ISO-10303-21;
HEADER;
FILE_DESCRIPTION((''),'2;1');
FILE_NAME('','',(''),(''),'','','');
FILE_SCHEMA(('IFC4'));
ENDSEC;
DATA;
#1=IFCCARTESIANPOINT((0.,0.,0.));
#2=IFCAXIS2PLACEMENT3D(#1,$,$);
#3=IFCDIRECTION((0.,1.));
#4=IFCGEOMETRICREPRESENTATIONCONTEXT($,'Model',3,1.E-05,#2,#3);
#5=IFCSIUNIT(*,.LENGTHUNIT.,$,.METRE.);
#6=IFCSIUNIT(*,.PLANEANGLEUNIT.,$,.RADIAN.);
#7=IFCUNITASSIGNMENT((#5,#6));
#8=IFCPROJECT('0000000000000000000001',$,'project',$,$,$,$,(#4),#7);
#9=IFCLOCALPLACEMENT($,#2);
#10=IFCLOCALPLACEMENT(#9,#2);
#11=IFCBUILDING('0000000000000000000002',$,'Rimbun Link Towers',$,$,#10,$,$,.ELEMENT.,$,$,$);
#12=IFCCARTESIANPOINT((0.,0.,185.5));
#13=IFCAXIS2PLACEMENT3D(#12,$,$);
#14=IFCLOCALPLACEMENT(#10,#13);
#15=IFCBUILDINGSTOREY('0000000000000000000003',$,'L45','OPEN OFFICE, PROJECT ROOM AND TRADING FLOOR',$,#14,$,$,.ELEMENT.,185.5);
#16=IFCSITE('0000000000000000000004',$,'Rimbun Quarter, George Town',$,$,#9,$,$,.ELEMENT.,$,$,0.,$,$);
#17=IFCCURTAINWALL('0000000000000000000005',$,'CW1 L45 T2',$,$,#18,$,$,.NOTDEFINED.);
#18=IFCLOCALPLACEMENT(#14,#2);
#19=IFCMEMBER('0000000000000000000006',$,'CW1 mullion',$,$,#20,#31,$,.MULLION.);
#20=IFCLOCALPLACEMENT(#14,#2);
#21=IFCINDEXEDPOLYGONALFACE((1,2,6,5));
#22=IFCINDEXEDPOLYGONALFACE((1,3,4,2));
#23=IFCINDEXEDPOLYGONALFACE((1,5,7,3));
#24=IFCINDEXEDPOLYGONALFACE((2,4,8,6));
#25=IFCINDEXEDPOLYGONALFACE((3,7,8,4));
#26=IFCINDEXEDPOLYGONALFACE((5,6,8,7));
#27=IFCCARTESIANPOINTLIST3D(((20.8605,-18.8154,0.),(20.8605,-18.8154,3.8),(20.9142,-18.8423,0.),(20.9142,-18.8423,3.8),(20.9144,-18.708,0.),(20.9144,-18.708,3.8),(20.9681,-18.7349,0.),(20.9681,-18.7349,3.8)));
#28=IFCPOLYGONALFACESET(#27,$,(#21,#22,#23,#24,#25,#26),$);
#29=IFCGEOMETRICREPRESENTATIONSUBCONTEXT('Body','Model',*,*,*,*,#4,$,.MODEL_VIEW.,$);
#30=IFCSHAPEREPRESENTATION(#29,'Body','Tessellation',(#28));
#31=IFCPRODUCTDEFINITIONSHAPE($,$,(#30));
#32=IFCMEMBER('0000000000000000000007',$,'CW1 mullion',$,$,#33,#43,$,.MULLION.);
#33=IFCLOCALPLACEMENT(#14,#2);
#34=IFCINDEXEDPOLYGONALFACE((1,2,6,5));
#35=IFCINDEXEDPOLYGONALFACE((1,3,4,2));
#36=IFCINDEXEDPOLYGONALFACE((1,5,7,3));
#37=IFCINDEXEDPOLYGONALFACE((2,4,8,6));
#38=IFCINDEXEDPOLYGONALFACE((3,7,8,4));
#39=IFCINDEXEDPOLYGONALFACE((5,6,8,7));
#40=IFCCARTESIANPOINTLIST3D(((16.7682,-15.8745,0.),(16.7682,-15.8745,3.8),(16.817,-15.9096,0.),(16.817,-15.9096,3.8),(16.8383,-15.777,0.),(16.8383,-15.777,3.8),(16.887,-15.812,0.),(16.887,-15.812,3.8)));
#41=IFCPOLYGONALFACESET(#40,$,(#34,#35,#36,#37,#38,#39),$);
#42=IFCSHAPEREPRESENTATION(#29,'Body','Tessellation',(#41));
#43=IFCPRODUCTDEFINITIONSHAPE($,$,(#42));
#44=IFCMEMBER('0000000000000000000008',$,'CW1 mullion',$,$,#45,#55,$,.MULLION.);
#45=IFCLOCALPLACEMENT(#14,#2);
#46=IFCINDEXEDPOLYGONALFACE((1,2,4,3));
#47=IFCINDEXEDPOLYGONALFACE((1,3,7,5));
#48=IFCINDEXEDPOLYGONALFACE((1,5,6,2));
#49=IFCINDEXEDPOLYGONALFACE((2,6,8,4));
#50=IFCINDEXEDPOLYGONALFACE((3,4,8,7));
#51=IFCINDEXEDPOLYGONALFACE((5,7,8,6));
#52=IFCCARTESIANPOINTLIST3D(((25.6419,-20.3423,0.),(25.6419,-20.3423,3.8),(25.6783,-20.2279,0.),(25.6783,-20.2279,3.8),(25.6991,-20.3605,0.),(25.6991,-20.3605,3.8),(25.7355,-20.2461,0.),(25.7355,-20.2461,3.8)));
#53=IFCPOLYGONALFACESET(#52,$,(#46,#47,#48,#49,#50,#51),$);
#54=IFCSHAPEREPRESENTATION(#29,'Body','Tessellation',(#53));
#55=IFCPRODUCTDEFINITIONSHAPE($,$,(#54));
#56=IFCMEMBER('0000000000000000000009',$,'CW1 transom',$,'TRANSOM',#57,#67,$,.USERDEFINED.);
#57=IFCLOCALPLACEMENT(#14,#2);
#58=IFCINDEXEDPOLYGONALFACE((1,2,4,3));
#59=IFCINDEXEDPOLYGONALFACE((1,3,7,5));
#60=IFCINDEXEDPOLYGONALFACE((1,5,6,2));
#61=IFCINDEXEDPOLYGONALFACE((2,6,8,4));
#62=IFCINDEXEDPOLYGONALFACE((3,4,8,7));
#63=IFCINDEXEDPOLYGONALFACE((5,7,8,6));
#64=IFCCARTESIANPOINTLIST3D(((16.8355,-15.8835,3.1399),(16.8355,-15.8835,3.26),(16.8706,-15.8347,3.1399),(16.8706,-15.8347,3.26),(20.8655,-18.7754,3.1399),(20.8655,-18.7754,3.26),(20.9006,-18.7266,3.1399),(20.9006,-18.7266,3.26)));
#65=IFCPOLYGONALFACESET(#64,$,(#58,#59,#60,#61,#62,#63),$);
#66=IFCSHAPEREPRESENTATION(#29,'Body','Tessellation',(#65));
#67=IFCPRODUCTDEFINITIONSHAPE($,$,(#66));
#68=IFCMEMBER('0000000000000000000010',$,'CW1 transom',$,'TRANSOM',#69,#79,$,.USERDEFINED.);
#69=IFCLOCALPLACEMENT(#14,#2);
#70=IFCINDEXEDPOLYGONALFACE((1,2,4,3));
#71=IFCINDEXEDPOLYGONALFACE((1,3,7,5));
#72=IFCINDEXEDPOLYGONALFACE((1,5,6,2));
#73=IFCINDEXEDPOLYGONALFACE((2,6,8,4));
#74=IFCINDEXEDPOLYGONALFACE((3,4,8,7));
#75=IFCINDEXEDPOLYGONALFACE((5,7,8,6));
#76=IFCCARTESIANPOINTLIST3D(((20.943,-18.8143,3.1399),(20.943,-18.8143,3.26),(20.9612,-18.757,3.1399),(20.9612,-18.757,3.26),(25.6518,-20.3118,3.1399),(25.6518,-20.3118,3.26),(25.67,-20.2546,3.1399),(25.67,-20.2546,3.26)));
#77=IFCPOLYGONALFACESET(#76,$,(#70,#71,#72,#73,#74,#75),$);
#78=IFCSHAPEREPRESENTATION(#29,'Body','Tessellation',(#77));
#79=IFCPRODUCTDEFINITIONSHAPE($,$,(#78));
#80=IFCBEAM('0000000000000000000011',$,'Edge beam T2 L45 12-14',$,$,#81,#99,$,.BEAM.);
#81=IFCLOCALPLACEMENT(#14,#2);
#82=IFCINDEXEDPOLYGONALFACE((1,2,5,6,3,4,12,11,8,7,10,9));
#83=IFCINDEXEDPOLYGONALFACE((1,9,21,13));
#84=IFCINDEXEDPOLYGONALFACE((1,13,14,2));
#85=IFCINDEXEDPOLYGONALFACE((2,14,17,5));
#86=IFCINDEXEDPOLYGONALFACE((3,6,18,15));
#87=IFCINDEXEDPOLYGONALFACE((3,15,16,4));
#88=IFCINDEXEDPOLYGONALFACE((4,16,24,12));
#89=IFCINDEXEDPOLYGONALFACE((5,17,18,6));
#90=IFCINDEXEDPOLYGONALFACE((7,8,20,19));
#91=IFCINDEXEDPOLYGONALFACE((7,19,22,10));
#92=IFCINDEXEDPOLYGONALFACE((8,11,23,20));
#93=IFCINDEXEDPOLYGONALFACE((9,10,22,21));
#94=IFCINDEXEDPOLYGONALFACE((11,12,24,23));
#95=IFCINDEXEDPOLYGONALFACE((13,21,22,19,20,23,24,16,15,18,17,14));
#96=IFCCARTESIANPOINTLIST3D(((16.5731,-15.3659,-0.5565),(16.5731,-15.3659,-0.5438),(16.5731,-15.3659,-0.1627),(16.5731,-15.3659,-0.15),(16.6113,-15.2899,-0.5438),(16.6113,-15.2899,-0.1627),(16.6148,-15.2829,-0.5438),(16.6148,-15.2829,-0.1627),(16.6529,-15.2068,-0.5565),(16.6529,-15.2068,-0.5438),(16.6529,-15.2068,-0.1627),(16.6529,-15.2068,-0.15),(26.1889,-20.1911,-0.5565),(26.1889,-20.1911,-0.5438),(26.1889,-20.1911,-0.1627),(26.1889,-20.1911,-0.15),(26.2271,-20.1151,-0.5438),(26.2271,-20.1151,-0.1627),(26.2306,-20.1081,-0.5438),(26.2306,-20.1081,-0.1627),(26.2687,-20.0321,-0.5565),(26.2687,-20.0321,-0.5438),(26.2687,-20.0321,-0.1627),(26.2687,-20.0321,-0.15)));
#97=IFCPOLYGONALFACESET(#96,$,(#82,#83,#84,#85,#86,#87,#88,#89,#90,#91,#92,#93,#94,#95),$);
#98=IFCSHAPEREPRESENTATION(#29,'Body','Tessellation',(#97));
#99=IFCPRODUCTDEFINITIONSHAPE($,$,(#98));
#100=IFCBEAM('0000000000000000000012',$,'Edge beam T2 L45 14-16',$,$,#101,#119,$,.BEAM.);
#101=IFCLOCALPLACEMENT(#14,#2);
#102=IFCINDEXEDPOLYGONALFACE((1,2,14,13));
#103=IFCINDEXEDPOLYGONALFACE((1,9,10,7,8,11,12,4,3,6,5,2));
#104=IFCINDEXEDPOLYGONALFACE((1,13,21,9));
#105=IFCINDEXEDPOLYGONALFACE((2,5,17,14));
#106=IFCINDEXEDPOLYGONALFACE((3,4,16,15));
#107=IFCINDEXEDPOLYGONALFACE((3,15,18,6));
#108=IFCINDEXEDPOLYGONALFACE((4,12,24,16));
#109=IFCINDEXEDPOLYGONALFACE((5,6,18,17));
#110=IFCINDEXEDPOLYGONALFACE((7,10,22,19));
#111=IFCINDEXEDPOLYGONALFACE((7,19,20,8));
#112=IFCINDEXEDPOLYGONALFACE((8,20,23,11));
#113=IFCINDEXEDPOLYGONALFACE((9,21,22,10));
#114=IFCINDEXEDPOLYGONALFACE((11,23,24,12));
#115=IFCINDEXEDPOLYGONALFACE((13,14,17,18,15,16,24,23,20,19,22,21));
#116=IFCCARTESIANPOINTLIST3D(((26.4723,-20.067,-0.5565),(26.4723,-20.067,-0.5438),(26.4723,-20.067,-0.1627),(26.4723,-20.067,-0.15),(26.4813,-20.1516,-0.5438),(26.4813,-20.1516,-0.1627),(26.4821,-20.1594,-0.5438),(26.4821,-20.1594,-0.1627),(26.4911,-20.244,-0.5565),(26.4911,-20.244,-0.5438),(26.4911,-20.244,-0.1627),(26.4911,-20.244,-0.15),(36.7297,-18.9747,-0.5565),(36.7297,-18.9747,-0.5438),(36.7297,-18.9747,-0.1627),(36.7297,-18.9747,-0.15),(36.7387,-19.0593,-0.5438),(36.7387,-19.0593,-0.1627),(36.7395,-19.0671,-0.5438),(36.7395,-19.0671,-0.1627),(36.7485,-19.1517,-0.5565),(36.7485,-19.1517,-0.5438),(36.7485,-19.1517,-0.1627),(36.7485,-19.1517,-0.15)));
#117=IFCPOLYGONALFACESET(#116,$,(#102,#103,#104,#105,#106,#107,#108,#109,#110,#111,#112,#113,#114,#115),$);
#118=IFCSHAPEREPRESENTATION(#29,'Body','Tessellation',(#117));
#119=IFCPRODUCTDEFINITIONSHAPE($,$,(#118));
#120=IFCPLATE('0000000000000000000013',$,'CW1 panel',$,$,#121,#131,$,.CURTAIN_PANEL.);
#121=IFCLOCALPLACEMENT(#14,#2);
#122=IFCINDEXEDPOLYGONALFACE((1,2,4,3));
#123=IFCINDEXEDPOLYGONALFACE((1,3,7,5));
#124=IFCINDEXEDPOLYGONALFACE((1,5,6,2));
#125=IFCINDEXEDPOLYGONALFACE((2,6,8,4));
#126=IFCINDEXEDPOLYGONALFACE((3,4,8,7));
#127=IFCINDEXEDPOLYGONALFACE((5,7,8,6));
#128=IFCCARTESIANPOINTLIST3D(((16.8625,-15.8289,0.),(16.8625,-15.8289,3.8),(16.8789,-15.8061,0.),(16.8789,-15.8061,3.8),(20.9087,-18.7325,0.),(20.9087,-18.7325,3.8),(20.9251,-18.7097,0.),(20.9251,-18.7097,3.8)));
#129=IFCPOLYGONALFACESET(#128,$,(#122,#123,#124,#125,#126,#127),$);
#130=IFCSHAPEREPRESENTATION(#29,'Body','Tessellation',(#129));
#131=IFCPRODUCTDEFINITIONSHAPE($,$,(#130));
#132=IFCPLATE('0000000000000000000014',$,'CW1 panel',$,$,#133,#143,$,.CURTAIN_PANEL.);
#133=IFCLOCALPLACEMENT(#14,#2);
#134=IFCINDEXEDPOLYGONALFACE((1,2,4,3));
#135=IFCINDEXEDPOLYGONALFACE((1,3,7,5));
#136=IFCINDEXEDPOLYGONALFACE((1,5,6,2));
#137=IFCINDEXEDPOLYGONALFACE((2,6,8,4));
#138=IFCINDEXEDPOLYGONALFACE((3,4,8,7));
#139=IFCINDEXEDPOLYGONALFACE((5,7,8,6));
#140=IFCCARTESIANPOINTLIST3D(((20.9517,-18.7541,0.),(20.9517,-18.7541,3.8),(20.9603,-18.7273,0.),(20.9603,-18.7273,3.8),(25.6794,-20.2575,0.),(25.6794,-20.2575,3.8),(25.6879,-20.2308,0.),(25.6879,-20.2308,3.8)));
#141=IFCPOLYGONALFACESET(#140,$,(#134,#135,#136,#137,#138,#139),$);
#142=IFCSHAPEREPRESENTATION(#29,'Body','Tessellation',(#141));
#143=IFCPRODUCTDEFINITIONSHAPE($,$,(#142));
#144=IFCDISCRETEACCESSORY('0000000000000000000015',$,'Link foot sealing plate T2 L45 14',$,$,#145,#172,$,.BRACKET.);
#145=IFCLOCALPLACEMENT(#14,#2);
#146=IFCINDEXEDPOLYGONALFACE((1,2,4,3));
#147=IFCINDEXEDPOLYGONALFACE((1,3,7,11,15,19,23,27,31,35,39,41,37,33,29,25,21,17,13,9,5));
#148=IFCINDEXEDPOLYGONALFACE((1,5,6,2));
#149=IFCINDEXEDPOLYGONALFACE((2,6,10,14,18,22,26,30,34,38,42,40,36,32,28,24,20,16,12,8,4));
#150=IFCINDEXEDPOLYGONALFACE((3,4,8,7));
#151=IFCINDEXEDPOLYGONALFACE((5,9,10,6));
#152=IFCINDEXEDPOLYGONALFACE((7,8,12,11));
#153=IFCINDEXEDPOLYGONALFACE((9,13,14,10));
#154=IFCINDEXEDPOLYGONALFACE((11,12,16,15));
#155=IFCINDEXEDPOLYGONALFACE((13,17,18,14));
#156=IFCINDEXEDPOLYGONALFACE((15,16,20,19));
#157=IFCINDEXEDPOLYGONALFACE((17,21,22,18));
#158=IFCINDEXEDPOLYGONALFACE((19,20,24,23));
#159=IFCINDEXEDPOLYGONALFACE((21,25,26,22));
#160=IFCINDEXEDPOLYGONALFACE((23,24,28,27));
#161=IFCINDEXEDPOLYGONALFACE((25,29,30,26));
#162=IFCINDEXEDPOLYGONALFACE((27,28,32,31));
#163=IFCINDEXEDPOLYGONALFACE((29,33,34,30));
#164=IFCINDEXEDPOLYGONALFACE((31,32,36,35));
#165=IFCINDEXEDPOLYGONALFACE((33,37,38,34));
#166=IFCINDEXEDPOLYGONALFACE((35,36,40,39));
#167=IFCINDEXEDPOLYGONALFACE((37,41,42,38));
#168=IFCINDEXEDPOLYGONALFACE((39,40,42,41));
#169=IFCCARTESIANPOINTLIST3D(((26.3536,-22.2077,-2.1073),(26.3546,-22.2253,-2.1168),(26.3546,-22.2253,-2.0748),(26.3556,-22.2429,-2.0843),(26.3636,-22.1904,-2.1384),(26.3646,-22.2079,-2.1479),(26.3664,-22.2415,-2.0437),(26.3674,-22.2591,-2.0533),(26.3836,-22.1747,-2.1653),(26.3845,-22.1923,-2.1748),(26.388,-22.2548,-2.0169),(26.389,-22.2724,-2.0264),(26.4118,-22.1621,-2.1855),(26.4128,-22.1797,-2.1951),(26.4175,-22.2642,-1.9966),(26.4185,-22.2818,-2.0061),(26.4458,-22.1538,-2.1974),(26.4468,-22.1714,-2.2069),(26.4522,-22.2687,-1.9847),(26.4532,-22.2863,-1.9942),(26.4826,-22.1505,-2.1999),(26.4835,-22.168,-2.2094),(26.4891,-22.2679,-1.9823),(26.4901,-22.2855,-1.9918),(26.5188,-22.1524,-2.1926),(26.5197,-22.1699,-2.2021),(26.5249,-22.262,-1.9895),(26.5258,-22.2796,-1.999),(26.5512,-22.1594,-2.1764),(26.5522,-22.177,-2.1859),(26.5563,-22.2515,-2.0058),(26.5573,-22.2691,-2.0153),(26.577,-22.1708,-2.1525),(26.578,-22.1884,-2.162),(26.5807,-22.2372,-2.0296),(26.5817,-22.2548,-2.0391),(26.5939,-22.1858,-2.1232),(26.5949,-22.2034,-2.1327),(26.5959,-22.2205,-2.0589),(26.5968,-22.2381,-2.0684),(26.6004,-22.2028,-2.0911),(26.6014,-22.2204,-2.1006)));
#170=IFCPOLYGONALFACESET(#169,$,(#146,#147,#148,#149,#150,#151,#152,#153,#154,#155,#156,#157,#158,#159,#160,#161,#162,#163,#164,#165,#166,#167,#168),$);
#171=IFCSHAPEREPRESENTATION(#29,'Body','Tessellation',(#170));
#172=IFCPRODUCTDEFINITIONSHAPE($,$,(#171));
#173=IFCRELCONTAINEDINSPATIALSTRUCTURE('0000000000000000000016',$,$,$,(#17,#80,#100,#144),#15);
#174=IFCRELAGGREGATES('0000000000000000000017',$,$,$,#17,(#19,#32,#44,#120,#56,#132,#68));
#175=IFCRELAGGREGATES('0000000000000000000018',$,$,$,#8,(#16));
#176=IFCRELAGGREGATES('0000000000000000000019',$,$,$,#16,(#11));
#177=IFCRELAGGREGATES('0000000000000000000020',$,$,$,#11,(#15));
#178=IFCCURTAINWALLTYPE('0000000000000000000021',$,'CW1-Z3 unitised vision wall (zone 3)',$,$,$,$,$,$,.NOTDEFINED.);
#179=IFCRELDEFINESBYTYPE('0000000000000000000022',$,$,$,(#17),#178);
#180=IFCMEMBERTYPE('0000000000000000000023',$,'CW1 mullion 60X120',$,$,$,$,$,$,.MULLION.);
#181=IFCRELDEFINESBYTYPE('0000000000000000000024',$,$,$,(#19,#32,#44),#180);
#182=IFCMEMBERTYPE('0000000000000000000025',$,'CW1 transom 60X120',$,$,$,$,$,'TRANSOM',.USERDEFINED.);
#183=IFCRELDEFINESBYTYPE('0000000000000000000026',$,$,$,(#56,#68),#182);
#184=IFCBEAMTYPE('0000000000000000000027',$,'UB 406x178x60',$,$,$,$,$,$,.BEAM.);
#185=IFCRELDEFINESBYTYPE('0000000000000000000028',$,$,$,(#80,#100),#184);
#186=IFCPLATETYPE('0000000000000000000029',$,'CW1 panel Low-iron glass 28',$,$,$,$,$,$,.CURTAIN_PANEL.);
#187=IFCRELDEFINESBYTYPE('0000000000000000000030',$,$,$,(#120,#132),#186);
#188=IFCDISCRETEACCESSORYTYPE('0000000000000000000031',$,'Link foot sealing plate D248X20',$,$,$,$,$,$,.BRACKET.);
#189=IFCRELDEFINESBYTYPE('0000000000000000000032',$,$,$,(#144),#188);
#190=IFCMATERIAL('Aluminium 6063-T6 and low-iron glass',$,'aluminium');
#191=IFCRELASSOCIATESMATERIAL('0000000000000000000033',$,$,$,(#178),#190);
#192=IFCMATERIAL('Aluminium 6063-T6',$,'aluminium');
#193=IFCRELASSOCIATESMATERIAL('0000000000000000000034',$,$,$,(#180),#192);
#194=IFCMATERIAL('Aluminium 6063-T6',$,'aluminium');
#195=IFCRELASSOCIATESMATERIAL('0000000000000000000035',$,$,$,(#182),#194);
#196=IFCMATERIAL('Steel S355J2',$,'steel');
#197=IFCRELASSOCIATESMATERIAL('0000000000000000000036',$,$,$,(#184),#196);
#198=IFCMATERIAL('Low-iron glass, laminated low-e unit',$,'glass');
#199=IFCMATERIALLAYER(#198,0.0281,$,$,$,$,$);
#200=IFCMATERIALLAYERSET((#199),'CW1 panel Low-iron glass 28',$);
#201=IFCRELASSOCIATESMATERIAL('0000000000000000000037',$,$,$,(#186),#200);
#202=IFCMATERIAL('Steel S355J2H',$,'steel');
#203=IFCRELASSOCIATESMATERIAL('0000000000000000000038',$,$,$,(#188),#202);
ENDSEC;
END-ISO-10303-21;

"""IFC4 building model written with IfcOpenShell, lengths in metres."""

from ifc_helpers import new_model, si_unit, direction, frame, origin, origin_2d, place, context, subcontext, project, spatial, rectangle, circle, i_section, extrude, material, layer, layer_set, material_profile, profile_set, type_object, element, aggregate, save


model = new_model("IFC4")

# Units and contexts
model_context = context("Model", 3, precision=1e-05, world=origin(), true_north=direction((0.0, 1.0)))
body_context = subcontext(model_context, "Body", "Model", "MODEL_VIEW")
ifc_project = project(units=[si_unit("LENGTHUNIT", "METRE"), si_unit("PLANEANGLEUNIT", "RADIAN")], contexts=[model_context])

# Site, building, storey
site_placement = place(None, origin())
site = spatial("IfcSite", under=ifc_project, at=site_placement, Name="Rimbun Quarter, George Town", CompositionType="ELEMENT", RefElevation=0.0)
building_placement = place(site_placement, origin())
building = spatial("IfcBuilding", under=site, at=building_placement, Name="Rimbun Link Towers", CompositionType="ELEMENT")
storey_placement = place(building_placement, frame((0.0, 0.0, 185.5)))
storey = spatial("IfcBuildingStorey", under=building, at=storey_placement, Name="L45", Description="OPEN OFFICE, PROJECT ROOM AND TRADING FLOOR", CompositionType="ELEMENT", Elevation=185.5)

# Curtain wall, members
ifc_material_1 = material(Name="Aluminium 6063-T6 and low-iron glass", Category="aluminium")
curtain_wall_type = type_object("IfcCurtainWallType", Name="CW1-Z3 unitised vision wall (zone 3)", PredefinedType="NOTDEFINED", material=ifc_material_1)
curtain_wall_placement = place(storey_placement, origin())
curtain_wall = element("IfcCurtainWall", 1, at=curtain_wall_placement, inside=storey, type_object=curtain_wall_type, Name="CW1 L45 T2", PredefinedType="NOTDEFINED")
ifc_material_2 = material(Name="Aluminium 6063-T6", Category="aluminium")
ifc_material_profile_1 = material_profile(ifc_material_2, rectangle(XDim=0.1201, YDim=0.0601, at=origin_2d()), Name="MULLION 60X120")
ifc_profile_set_1 = profile_set([ifc_material_profile_1], Name="Aluminium 6063-T6")
member_type_1 = type_object("IfcMemberType", Name="CW1 mullion 60X120", PredefinedType="MULLION", material=ifc_profile_set_1)
member_1_placement = place(storey_placement, frame((20.9143, -18.7751, 0.0), z_axis=(0.0, 0.0, 1.0), x_axis=(-0.44857, -0.893748, 0.0)))
member_1 = element("IfcMember", 2, at=member_1_placement, type_object=member_type_1, Name="CW1 mullion", PredefinedType="MULLION", context=body_context, shape_type="SweptSolid", body=[
    extrude(rectangle(XDim=0.1201, YDim=0.0601, at=origin_2d()), origin(), (0.0, 0.0, 1.0), 3.8),
])
member_2_placement = place(storey_placement, frame((16.8276, -15.8433, 0.0), z_axis=(0.0, 0.0, 1.0), x_axis=(-0.583015, -0.812461, 0.0)))
member_2 = element("IfcMember", 3, at=member_2_placement, type_object=member_type_1, Name="CW1 mullion", PredefinedType="MULLION", context=body_context, shape_type="SweptSolid", body=[
    extrude(rectangle(XDim=0.1201, YDim=0.0601, at=origin_2d()), origin(), (0.0, 0.0, 1.0), 3.8),
])
member_3_placement = place(storey_placement, frame((25.6887, -20.2942, 0.0), z_axis=(0.0, 0.0, 1.0), x_axis=(-0.303053, -0.952974, 0.0)))
member_3 = element("IfcMember", 4, at=member_3_placement, type_object=member_type_1, Name="CW1 mullion", PredefinedType="MULLION", context=body_context, shape_type="SweptSolid", body=[
    extrude(rectangle(XDim=0.1201, YDim=0.0601, at=origin_2d()), origin(), (0.0, 0.0, 1.0), 3.8),
])
ifc_material_3 = material(Name="Aluminium 6063-T6", Category="aluminium")
ifc_material_profile_2 = material_profile(ifc_material_3, rectangle(XDim=0.0601, YDim=0.1201, at=origin_2d()), Name="TRANSOM 60X120")
ifc_profile_set_2 = profile_set([ifc_material_profile_2], Name="Aluminium 6063-T6")
member_type_2 = type_object("IfcMemberType", Name="CW1 transom 60X120", ElementType="TRANSOM", PredefinedType="USERDEFINED", material=ifc_profile_set_2)
member_4_placement = place(storey_placement, frame((20.8831, -18.751, 3.2), z_axis=(-0.812468, 0.583006, 0.0), x_axis=(-0.583006, -0.812468, 0.0)))
member_4 = element("IfcMember", 5, at=member_4_placement, type_object=member_type_2, Name="CW1 transom", ObjectType="TRANSOM", PredefinedType="USERDEFINED", context=body_context, shape_type="SweptSolid", body=[
    extrude(rectangle(XDim=0.0601, YDim=0.1201, at=origin_2d()), origin(), (0.0, 0.0, 1.0), 4.9602),
])
member_5_placement = place(storey_placement, frame((25.6609, -20.2832, 3.2), z_axis=(-0.952965, 0.303079, 0.0), x_axis=(-0.303079, -0.952965, 0.0)))
member_5 = element("IfcMember", 6, at=member_5_placement, type_object=member_type_2, Name="CW1 transom", ObjectType="TRANSOM", PredefinedType="USERDEFINED", context=body_context, shape_type="SweptSolid", body=[
    extrude(rectangle(XDim=0.0601, YDim=0.1201, at=origin_2d()), origin(), (0.0, 0.0, 1.0), 4.9412),
])

# Beams
ifc_material_4 = material(Name="Steel S355J2", Category="steel")
ifc_material_profile_3 = material_profile(ifc_material_4, i_section(OverallWidth=0.178, OverallDepth=0.4065, WebThickness=0.0078, FlangeThickness=0.0127, at=origin_2d()), Name="UB 406x178x60")
ifc_profile_set_3 = profile_set([ifc_material_profile_3], Name="Steel S355J2")
beam_type = type_object("IfcBeamType", Name="UB 406x178x60", PredefinedType="BEAM", material=ifc_profile_set_3)
beam_1_placement = place(storey_placement, frame((16.613, -15.2864, -0.3533), z_axis=(0.893782, -0.448502, 0.0), x_axis=(0.448502, 0.893782, 0.0)))
element("IfcBeam", 7, at=beam_1_placement, inside=storey, type_object=beam_type, Name="Edge beam T2 L45 12-14", PredefinedType="BEAM", context=body_context, shape_type="SweptSolid", body=[
    extrude(i_section(OverallWidth=0.178, OverallDepth=0.4065, WebThickness=0.0078, FlangeThickness=0.0127, at=origin_2d()), origin(), (0.0, 0.0, 1.0), 10.7585),
])
beam_2_placement = place(storey_placement, frame((26.4817, -20.1555, -0.3533), z_axis=(0.994378, 0.10589, 0.0), x_axis=(-0.10589, 0.994378, 0.0)))
element("IfcBeam", 8, at=beam_2_placement, inside=storey, type_object=beam_type, Name="Edge beam T2 L45 14-16", PredefinedType="BEAM", context=body_context, shape_type="SweptSolid", body=[
    extrude(i_section(OverallWidth=0.178, OverallDepth=0.4065, WebThickness=0.0078, FlangeThickness=0.0127, at=origin_2d()), origin(), (0.0, 0.0, 1.0), 10.3154),
])

# Plates
ifc_material_5 = material(Name="Low-iron glass, laminated low-e unit", Category="glass")
ifc_layer = layer(ifc_material_5, 0.0281)
ifc_layer_set = layer_set([ifc_layer], Name="CW1 panel Low-iron glass 28")
plate_type = type_object("IfcPlateType", Name="CW1 panel Low-iron glass 28", PredefinedType="CURTAIN_PANEL", material=ifc_layer_set)
plate_1_placement = place(storey_placement, frame((18.8938, -17.2693, 0.0), z_axis=(0.0, 0.0, 1.0), x_axis=(-0.812461, 0.583015, 0.0)))
plate_1 = element("IfcPlate", 9, at=plate_1_placement, type_object=plate_type, Name="CW1 panel", PredefinedType="CURTAIN_PANEL", context=body_context, shape_type="SweptSolid", body=[
    extrude(rectangle(XDim=4.9802, YDim=0.0281, at=origin_2d()), origin(), (0.0, 0.0, 1.0), 3.8),
])
plate_2_placement = place(storey_placement, frame((23.3198, -19.4924, 0.0), z_axis=(0.0, 0.0, 1.0), x_axis=(-0.952974, 0.303053, 0.0)))
plate_2 = element("IfcPlate", 10, at=plate_2_placement, type_object=plate_type, Name="CW1 panel", PredefinedType="CURTAIN_PANEL", context=body_context, shape_type="SweptSolid", body=[
    extrude(rectangle(XDim=4.9609, YDim=0.0281, at=origin_2d()), origin(), (0.0, 0.0, 1.0), 3.8),
])
aggregate(curtain_wall, [member_1, member_2, member_3, plate_1, member_4, plate_2, member_5])

# Discrete accessory
ifc_material_6 = material(Name="Steel S355J2H", Category="steel")
ifc_material_profile_4 = material_profile(ifc_material_6, circle(Radius=0.124, at=origin_2d()), Name="PL D248")
ifc_profile_set_4 = profile_set([ifc_material_profile_4], Name="Steel S355J2H")
discrete_accessory_type = type_object("IfcDiscreteAccessoryType", Name="Link foot sealing plate D248X20", PredefinedType="BRACKET", material=ifc_profile_set_4)
discrete_accessory_placement = place(storey_placement, frame((26.4766, -22.2097, -2.0911), z_axis=(0.048791, -0.878245, -0.475716), x_axis=(0.99846, 0.05547, 0.0)))
element("IfcDiscreteAccessory", 11, at=discrete_accessory_placement, inside=storey, type_object=discrete_accessory_type, Name="Link foot sealing plate T2 L45 14", PredefinedType="BRACKET", context=body_context, shape_type="SweptSolid", body=[
    extrude(circle(Radius=0.124, at=origin_2d()), origin(), (0.0, 0.0, 1.0), 0.02),
])

save(model, "model.ifc")
